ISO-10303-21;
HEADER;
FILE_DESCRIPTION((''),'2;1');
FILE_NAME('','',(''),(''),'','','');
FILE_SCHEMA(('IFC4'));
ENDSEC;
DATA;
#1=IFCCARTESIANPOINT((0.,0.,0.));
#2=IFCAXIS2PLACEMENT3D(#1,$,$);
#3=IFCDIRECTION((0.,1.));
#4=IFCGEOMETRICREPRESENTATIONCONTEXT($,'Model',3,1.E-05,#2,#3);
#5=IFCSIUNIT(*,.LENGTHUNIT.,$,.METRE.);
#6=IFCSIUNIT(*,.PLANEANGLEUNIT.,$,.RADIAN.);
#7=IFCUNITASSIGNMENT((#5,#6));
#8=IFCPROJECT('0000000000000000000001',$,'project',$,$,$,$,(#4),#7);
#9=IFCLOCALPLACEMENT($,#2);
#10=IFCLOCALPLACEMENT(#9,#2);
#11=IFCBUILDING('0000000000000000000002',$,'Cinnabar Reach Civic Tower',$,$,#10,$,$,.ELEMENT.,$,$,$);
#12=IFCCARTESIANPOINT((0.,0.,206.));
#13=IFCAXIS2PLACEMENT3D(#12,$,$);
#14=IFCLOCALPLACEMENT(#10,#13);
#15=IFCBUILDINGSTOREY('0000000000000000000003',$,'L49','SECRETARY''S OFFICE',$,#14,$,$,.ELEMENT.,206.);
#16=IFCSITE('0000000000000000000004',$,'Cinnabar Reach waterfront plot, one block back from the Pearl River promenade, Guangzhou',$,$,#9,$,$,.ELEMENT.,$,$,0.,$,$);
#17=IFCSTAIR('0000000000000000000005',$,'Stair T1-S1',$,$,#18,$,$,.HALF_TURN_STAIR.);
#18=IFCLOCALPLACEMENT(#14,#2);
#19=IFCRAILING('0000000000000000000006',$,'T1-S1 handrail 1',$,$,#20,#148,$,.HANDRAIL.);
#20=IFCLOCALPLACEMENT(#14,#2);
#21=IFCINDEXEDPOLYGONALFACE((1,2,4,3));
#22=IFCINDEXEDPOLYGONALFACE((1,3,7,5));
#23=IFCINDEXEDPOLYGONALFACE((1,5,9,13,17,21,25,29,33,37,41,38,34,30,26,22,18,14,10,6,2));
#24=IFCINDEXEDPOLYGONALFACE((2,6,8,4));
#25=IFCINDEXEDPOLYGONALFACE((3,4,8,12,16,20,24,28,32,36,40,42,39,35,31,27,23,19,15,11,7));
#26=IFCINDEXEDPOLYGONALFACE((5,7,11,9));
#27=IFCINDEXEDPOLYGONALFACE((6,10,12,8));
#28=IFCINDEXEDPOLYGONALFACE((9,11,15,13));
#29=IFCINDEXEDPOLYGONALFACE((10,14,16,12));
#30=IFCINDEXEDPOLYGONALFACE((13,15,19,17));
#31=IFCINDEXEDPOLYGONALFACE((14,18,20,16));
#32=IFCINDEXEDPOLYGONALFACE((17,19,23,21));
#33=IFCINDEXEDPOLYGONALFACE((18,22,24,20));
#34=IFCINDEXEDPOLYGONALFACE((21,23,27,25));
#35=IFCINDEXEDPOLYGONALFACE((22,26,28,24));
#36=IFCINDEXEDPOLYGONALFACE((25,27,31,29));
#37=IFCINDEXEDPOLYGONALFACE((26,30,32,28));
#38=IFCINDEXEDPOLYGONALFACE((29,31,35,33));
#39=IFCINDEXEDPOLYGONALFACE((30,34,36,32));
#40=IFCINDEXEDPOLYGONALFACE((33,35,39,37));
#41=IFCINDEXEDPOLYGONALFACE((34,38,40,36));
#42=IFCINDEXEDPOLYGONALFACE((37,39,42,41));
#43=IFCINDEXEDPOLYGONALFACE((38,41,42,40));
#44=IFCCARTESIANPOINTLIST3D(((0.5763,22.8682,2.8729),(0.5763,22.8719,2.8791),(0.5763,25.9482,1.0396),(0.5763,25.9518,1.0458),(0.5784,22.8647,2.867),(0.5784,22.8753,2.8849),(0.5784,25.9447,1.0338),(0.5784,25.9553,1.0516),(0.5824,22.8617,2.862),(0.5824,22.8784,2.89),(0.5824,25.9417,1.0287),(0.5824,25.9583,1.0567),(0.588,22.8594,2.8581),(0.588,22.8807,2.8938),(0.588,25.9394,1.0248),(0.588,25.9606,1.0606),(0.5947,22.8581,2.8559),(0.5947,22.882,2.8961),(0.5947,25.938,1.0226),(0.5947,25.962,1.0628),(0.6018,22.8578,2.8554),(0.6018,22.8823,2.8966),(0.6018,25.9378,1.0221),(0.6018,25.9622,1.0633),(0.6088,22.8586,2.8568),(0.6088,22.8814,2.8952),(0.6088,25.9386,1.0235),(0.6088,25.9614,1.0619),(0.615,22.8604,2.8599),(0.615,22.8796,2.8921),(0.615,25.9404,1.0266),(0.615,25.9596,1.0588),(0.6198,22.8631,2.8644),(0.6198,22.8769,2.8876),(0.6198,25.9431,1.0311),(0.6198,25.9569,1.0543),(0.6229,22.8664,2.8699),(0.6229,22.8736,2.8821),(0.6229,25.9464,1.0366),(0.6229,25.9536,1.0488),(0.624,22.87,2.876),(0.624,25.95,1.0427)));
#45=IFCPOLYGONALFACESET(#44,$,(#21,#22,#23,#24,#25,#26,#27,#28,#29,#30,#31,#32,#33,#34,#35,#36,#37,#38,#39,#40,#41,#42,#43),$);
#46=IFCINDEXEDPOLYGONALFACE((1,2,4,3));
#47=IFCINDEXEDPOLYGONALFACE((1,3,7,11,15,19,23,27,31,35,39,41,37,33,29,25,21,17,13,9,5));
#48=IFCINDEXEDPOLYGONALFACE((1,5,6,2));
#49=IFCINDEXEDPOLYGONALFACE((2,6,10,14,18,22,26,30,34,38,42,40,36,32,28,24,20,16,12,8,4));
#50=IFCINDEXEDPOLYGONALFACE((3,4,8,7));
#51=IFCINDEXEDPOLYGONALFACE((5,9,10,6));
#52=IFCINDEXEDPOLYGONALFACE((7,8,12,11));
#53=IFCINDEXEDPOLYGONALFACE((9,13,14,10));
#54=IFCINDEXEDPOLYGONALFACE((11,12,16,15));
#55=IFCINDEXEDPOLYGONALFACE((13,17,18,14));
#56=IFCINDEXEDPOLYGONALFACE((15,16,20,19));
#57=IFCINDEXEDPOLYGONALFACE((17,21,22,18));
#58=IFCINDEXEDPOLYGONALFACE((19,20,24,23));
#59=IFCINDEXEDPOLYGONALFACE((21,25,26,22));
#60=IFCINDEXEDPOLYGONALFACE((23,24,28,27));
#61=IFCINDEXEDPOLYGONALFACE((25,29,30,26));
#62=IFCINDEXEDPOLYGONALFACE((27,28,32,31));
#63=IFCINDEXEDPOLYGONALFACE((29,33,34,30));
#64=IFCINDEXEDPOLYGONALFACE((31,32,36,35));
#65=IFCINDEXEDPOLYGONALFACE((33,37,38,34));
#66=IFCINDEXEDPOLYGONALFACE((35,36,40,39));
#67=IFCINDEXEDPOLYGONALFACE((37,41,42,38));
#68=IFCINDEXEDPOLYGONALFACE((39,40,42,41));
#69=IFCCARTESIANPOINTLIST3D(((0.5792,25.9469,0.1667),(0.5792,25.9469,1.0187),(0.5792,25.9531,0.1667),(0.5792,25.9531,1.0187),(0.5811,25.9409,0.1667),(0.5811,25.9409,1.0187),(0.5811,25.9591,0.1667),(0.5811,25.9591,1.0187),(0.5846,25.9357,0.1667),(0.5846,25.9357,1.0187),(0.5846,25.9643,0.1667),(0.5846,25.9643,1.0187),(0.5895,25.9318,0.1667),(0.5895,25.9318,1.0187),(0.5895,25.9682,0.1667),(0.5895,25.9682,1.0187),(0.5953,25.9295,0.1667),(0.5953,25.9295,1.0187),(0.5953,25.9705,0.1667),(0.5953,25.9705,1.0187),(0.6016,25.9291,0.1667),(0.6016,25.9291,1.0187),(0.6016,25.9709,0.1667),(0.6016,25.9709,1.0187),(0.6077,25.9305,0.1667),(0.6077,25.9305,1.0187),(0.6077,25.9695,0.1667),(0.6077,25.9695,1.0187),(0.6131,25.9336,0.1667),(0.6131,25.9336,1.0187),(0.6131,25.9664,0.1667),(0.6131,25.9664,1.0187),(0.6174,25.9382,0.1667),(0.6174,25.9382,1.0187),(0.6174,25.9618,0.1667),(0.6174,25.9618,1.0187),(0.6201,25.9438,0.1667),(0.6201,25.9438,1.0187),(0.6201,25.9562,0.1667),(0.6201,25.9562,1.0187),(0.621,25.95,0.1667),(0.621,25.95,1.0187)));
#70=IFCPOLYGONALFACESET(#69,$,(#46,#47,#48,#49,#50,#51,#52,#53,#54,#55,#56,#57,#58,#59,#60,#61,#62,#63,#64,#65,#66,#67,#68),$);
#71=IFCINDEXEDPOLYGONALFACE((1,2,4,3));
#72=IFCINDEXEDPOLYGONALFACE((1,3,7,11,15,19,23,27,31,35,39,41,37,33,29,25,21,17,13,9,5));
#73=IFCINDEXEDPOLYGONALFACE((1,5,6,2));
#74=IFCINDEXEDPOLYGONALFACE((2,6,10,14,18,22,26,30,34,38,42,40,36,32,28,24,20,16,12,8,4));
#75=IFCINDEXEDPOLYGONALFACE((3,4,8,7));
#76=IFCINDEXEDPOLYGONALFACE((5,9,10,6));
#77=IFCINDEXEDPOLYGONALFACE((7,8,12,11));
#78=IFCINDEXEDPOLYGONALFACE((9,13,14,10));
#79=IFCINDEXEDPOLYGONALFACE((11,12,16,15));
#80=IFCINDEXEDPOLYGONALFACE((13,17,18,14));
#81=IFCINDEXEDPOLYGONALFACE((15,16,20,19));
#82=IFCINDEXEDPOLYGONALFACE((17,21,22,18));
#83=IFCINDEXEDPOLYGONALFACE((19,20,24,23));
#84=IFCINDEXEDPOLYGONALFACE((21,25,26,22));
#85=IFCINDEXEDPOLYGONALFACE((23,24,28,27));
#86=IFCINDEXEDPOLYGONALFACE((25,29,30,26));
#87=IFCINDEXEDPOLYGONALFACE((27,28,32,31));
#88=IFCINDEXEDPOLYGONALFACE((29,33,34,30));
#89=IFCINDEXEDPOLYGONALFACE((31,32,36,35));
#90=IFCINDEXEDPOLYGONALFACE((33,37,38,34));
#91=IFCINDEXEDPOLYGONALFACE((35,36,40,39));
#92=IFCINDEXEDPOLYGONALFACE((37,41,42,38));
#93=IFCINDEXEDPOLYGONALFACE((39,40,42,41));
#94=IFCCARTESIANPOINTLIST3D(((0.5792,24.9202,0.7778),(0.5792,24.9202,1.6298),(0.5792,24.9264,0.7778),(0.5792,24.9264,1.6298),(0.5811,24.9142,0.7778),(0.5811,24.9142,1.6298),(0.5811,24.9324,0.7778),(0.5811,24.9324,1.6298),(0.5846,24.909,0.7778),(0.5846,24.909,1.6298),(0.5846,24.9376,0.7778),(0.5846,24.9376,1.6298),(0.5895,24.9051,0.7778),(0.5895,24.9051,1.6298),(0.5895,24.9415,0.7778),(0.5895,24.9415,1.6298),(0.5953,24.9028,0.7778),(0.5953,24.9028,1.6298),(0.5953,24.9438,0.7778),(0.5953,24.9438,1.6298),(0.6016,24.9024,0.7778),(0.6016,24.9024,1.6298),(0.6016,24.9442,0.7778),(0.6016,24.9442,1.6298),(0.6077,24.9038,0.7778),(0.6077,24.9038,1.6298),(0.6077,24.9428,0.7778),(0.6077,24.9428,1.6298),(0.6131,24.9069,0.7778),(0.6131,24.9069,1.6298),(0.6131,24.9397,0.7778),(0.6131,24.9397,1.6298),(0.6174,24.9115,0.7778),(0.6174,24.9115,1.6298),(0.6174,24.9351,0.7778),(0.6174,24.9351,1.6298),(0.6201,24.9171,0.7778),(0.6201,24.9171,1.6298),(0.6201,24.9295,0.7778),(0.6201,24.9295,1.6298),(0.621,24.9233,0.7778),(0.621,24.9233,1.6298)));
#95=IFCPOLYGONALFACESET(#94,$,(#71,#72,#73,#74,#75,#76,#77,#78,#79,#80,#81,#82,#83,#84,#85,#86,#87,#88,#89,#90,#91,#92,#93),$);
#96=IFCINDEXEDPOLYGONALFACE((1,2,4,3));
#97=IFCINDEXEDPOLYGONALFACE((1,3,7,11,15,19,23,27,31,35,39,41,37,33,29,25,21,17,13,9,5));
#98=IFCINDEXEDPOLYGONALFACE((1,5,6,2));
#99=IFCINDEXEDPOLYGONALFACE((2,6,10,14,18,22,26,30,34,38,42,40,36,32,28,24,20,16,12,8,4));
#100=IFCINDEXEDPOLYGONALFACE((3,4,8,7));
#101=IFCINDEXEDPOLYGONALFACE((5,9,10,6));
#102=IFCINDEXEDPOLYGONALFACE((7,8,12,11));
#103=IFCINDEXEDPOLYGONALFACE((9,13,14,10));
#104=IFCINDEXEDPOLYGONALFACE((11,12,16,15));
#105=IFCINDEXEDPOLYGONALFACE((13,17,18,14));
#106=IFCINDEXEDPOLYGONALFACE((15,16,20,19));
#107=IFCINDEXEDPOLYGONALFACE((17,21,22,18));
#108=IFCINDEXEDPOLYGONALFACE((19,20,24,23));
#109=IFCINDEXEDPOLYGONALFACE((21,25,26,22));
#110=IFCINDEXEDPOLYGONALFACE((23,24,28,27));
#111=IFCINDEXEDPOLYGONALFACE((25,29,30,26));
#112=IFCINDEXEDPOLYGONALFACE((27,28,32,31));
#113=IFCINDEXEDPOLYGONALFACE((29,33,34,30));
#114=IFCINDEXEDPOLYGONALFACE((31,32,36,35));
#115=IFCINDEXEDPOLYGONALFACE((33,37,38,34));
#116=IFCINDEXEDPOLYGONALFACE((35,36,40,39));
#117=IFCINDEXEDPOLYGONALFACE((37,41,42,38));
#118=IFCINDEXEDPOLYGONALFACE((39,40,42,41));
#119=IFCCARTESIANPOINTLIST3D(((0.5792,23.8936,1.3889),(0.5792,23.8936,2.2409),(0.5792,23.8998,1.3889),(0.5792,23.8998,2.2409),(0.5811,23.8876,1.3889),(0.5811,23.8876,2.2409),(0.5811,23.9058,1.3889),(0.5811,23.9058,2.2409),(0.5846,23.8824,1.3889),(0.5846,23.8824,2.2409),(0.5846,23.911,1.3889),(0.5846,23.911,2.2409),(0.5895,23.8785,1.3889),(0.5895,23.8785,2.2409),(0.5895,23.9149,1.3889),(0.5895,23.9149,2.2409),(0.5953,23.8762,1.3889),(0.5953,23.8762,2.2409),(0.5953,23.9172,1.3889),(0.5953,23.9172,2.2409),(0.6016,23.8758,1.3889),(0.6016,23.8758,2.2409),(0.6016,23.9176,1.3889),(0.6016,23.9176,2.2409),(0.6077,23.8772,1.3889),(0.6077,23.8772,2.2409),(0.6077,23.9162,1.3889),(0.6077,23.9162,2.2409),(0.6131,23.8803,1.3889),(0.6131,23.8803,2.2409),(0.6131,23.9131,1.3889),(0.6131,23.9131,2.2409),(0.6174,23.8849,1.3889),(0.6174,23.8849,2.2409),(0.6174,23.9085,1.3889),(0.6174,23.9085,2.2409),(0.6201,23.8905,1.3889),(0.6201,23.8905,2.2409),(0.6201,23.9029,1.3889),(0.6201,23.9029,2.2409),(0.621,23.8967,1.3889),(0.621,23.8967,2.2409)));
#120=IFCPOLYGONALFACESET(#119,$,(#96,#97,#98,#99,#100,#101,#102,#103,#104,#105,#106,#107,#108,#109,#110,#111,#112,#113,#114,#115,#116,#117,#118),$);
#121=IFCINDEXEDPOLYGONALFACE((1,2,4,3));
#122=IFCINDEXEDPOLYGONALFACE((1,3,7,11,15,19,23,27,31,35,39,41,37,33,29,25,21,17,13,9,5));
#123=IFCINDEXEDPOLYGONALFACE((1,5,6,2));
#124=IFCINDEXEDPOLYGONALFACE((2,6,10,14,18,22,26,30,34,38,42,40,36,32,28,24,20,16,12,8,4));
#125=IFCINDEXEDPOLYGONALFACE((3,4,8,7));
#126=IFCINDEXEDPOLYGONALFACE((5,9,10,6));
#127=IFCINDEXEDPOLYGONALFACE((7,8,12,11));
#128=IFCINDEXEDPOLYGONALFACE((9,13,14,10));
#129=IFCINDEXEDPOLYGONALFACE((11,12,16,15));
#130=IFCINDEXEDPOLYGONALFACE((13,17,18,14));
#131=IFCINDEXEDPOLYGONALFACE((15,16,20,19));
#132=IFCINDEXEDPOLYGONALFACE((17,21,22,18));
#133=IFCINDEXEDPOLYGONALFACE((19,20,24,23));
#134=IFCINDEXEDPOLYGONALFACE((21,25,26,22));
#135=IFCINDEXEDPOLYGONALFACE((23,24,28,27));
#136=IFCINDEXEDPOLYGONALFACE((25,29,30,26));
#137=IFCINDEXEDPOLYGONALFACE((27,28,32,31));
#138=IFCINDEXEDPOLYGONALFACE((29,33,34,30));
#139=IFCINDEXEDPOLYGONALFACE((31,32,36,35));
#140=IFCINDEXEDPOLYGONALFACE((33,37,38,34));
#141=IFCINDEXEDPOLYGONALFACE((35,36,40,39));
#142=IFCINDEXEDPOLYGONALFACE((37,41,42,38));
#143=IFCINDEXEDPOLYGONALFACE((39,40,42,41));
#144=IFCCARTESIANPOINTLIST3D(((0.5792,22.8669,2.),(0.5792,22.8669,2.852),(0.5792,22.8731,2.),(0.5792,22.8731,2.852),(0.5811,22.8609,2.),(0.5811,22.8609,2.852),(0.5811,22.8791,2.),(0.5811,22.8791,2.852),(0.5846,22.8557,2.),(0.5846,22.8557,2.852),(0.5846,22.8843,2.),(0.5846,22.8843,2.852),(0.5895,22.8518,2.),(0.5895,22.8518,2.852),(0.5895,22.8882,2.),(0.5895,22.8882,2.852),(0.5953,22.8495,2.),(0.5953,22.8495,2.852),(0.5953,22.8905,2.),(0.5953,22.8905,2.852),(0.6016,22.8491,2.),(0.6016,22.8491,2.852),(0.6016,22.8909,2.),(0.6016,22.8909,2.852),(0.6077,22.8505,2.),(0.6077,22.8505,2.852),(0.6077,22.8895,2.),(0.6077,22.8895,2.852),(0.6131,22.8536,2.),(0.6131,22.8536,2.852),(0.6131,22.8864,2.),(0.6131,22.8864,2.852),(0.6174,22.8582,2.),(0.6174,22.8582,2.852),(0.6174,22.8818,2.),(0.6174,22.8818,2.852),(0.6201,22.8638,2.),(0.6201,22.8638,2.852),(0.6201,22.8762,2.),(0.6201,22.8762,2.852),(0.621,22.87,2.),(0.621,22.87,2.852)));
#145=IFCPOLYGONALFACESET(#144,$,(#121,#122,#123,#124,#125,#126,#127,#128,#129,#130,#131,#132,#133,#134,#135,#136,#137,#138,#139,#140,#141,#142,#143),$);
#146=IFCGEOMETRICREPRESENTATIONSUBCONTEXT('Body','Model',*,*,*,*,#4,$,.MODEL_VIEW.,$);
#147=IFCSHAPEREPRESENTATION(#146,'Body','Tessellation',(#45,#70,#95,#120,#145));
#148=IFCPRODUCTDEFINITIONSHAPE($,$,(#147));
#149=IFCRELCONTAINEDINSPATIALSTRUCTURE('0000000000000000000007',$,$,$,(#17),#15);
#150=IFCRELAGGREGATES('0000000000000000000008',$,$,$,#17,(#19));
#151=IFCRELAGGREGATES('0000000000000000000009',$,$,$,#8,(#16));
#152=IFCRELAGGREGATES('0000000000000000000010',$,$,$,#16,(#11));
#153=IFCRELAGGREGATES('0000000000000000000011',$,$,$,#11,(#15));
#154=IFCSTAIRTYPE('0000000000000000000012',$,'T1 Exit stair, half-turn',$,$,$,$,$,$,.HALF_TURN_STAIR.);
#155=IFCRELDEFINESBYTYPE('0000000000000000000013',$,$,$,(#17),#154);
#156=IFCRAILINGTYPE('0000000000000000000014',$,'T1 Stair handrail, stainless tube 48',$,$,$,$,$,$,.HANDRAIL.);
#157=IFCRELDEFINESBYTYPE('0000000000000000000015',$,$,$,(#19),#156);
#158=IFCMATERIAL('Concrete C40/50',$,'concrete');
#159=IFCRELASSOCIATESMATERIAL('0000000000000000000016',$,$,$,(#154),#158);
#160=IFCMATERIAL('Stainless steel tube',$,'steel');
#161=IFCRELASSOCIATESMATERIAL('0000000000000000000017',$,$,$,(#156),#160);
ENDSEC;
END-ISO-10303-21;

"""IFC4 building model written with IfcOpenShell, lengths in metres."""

from ifc_helpers import new_model, si_unit, direction, frame, origin, origin_2d, place, context, subcontext, project, spatial, circle, extrude, material, type_object, element, aggregate, save


model = new_model("IFC4")

# Units and contexts
model_context = context("Model", 3, precision=1e-05, world=origin(), true_north=direction((0.0, 1.0)))
body_context = subcontext(model_context, "Body", "Model", "MODEL_VIEW")
ifc_project = project(units=[si_unit("LENGTHUNIT", "METRE"), si_unit("PLANEANGLEUNIT", "RADIAN")], contexts=[model_context])

# Site, building, storey
site_placement = place(None, origin())
site = spatial("IfcSite", under=ifc_project, at=site_placement, Name="Cinnabar Reach waterfront plot, one block back from the Pearl River promenade, Guangzhou", CompositionType="ELEMENT", RefElevation=0.0)
building_placement = place(site_placement, origin())
building = spatial("IfcBuilding", under=site, at=building_placement, Name="Cinnabar Reach Civic Tower", CompositionType="ELEMENT")
storey_placement = place(building_placement, frame((0.0, 0.0, 206.0)))
storey = spatial("IfcBuildingStorey", under=building, at=storey_placement, Name="L49", Description="SECRETARY'S OFFICE", CompositionType="ELEMENT", Elevation=206.0)

# Shared definitions
ifc_material_1 = material(Name="Concrete C40/50", Category="concrete")

# Stair, railing
stair_type = type_object("IfcStairType", Name="T1 Exit stair, half-turn", PredefinedType="HALF_TURN_STAIR", material=ifc_material_1)
stair_placement = place(storey_placement, origin())
stair = element("IfcStair", 1, at=stair_placement, inside=storey, type_object=stair_type, Name="Stair T1-S1", PredefinedType="HALF_TURN_STAIR")
ifc_material_2 = material(Name="Stainless steel tube", Category="steel")
railing_type = type_object("IfcRailingType", Name="T1 Stair handrail, stainless tube 48", PredefinedType="HANDRAIL", material=ifc_material_2)
railing_1_placement = place(storey_placement, frame((0.6, 25.95, 0.1667)))
railing_1 = element("IfcRailing", 2, at=railing_1_placement, type_object=railing_type, Name="T1-S1 handrail 1", PredefinedType="HANDRAIL", context=body_context, shape_type="SweptSolid", body=[
    extrude(circle(Radius=0.024, at=origin_2d()), frame((0.0, 0.0, 0.876), z_axis=(0.0, -0.859297, 0.511477), x_axis=(1.0, 0.0, 0.0)), (0.0, 0.0, 1.0), 3.5843),
    extrude(circle(Radius=0.021, at=origin_2d()), origin(), (0.0, 0.0, 1.0), 0.852),
    extrude(circle(Radius=0.021, at=origin_2d()), frame((0.0, -1.0267, 0.6111)), (0.0, 0.0, 1.0), 0.852),
    extrude(circle(Radius=0.021, at=origin_2d()), frame((0.0, -2.0533, 1.2222)), (0.0, 0.0, 1.0), 0.852),
    extrude(circle(Radius=0.021, at=origin_2d()), frame((0.0, -3.08, 1.8333)), (0.0, 0.0, 1.0), 0.852),
])
aggregate(stair, [railing_1])

save(model, "model.ifc")
